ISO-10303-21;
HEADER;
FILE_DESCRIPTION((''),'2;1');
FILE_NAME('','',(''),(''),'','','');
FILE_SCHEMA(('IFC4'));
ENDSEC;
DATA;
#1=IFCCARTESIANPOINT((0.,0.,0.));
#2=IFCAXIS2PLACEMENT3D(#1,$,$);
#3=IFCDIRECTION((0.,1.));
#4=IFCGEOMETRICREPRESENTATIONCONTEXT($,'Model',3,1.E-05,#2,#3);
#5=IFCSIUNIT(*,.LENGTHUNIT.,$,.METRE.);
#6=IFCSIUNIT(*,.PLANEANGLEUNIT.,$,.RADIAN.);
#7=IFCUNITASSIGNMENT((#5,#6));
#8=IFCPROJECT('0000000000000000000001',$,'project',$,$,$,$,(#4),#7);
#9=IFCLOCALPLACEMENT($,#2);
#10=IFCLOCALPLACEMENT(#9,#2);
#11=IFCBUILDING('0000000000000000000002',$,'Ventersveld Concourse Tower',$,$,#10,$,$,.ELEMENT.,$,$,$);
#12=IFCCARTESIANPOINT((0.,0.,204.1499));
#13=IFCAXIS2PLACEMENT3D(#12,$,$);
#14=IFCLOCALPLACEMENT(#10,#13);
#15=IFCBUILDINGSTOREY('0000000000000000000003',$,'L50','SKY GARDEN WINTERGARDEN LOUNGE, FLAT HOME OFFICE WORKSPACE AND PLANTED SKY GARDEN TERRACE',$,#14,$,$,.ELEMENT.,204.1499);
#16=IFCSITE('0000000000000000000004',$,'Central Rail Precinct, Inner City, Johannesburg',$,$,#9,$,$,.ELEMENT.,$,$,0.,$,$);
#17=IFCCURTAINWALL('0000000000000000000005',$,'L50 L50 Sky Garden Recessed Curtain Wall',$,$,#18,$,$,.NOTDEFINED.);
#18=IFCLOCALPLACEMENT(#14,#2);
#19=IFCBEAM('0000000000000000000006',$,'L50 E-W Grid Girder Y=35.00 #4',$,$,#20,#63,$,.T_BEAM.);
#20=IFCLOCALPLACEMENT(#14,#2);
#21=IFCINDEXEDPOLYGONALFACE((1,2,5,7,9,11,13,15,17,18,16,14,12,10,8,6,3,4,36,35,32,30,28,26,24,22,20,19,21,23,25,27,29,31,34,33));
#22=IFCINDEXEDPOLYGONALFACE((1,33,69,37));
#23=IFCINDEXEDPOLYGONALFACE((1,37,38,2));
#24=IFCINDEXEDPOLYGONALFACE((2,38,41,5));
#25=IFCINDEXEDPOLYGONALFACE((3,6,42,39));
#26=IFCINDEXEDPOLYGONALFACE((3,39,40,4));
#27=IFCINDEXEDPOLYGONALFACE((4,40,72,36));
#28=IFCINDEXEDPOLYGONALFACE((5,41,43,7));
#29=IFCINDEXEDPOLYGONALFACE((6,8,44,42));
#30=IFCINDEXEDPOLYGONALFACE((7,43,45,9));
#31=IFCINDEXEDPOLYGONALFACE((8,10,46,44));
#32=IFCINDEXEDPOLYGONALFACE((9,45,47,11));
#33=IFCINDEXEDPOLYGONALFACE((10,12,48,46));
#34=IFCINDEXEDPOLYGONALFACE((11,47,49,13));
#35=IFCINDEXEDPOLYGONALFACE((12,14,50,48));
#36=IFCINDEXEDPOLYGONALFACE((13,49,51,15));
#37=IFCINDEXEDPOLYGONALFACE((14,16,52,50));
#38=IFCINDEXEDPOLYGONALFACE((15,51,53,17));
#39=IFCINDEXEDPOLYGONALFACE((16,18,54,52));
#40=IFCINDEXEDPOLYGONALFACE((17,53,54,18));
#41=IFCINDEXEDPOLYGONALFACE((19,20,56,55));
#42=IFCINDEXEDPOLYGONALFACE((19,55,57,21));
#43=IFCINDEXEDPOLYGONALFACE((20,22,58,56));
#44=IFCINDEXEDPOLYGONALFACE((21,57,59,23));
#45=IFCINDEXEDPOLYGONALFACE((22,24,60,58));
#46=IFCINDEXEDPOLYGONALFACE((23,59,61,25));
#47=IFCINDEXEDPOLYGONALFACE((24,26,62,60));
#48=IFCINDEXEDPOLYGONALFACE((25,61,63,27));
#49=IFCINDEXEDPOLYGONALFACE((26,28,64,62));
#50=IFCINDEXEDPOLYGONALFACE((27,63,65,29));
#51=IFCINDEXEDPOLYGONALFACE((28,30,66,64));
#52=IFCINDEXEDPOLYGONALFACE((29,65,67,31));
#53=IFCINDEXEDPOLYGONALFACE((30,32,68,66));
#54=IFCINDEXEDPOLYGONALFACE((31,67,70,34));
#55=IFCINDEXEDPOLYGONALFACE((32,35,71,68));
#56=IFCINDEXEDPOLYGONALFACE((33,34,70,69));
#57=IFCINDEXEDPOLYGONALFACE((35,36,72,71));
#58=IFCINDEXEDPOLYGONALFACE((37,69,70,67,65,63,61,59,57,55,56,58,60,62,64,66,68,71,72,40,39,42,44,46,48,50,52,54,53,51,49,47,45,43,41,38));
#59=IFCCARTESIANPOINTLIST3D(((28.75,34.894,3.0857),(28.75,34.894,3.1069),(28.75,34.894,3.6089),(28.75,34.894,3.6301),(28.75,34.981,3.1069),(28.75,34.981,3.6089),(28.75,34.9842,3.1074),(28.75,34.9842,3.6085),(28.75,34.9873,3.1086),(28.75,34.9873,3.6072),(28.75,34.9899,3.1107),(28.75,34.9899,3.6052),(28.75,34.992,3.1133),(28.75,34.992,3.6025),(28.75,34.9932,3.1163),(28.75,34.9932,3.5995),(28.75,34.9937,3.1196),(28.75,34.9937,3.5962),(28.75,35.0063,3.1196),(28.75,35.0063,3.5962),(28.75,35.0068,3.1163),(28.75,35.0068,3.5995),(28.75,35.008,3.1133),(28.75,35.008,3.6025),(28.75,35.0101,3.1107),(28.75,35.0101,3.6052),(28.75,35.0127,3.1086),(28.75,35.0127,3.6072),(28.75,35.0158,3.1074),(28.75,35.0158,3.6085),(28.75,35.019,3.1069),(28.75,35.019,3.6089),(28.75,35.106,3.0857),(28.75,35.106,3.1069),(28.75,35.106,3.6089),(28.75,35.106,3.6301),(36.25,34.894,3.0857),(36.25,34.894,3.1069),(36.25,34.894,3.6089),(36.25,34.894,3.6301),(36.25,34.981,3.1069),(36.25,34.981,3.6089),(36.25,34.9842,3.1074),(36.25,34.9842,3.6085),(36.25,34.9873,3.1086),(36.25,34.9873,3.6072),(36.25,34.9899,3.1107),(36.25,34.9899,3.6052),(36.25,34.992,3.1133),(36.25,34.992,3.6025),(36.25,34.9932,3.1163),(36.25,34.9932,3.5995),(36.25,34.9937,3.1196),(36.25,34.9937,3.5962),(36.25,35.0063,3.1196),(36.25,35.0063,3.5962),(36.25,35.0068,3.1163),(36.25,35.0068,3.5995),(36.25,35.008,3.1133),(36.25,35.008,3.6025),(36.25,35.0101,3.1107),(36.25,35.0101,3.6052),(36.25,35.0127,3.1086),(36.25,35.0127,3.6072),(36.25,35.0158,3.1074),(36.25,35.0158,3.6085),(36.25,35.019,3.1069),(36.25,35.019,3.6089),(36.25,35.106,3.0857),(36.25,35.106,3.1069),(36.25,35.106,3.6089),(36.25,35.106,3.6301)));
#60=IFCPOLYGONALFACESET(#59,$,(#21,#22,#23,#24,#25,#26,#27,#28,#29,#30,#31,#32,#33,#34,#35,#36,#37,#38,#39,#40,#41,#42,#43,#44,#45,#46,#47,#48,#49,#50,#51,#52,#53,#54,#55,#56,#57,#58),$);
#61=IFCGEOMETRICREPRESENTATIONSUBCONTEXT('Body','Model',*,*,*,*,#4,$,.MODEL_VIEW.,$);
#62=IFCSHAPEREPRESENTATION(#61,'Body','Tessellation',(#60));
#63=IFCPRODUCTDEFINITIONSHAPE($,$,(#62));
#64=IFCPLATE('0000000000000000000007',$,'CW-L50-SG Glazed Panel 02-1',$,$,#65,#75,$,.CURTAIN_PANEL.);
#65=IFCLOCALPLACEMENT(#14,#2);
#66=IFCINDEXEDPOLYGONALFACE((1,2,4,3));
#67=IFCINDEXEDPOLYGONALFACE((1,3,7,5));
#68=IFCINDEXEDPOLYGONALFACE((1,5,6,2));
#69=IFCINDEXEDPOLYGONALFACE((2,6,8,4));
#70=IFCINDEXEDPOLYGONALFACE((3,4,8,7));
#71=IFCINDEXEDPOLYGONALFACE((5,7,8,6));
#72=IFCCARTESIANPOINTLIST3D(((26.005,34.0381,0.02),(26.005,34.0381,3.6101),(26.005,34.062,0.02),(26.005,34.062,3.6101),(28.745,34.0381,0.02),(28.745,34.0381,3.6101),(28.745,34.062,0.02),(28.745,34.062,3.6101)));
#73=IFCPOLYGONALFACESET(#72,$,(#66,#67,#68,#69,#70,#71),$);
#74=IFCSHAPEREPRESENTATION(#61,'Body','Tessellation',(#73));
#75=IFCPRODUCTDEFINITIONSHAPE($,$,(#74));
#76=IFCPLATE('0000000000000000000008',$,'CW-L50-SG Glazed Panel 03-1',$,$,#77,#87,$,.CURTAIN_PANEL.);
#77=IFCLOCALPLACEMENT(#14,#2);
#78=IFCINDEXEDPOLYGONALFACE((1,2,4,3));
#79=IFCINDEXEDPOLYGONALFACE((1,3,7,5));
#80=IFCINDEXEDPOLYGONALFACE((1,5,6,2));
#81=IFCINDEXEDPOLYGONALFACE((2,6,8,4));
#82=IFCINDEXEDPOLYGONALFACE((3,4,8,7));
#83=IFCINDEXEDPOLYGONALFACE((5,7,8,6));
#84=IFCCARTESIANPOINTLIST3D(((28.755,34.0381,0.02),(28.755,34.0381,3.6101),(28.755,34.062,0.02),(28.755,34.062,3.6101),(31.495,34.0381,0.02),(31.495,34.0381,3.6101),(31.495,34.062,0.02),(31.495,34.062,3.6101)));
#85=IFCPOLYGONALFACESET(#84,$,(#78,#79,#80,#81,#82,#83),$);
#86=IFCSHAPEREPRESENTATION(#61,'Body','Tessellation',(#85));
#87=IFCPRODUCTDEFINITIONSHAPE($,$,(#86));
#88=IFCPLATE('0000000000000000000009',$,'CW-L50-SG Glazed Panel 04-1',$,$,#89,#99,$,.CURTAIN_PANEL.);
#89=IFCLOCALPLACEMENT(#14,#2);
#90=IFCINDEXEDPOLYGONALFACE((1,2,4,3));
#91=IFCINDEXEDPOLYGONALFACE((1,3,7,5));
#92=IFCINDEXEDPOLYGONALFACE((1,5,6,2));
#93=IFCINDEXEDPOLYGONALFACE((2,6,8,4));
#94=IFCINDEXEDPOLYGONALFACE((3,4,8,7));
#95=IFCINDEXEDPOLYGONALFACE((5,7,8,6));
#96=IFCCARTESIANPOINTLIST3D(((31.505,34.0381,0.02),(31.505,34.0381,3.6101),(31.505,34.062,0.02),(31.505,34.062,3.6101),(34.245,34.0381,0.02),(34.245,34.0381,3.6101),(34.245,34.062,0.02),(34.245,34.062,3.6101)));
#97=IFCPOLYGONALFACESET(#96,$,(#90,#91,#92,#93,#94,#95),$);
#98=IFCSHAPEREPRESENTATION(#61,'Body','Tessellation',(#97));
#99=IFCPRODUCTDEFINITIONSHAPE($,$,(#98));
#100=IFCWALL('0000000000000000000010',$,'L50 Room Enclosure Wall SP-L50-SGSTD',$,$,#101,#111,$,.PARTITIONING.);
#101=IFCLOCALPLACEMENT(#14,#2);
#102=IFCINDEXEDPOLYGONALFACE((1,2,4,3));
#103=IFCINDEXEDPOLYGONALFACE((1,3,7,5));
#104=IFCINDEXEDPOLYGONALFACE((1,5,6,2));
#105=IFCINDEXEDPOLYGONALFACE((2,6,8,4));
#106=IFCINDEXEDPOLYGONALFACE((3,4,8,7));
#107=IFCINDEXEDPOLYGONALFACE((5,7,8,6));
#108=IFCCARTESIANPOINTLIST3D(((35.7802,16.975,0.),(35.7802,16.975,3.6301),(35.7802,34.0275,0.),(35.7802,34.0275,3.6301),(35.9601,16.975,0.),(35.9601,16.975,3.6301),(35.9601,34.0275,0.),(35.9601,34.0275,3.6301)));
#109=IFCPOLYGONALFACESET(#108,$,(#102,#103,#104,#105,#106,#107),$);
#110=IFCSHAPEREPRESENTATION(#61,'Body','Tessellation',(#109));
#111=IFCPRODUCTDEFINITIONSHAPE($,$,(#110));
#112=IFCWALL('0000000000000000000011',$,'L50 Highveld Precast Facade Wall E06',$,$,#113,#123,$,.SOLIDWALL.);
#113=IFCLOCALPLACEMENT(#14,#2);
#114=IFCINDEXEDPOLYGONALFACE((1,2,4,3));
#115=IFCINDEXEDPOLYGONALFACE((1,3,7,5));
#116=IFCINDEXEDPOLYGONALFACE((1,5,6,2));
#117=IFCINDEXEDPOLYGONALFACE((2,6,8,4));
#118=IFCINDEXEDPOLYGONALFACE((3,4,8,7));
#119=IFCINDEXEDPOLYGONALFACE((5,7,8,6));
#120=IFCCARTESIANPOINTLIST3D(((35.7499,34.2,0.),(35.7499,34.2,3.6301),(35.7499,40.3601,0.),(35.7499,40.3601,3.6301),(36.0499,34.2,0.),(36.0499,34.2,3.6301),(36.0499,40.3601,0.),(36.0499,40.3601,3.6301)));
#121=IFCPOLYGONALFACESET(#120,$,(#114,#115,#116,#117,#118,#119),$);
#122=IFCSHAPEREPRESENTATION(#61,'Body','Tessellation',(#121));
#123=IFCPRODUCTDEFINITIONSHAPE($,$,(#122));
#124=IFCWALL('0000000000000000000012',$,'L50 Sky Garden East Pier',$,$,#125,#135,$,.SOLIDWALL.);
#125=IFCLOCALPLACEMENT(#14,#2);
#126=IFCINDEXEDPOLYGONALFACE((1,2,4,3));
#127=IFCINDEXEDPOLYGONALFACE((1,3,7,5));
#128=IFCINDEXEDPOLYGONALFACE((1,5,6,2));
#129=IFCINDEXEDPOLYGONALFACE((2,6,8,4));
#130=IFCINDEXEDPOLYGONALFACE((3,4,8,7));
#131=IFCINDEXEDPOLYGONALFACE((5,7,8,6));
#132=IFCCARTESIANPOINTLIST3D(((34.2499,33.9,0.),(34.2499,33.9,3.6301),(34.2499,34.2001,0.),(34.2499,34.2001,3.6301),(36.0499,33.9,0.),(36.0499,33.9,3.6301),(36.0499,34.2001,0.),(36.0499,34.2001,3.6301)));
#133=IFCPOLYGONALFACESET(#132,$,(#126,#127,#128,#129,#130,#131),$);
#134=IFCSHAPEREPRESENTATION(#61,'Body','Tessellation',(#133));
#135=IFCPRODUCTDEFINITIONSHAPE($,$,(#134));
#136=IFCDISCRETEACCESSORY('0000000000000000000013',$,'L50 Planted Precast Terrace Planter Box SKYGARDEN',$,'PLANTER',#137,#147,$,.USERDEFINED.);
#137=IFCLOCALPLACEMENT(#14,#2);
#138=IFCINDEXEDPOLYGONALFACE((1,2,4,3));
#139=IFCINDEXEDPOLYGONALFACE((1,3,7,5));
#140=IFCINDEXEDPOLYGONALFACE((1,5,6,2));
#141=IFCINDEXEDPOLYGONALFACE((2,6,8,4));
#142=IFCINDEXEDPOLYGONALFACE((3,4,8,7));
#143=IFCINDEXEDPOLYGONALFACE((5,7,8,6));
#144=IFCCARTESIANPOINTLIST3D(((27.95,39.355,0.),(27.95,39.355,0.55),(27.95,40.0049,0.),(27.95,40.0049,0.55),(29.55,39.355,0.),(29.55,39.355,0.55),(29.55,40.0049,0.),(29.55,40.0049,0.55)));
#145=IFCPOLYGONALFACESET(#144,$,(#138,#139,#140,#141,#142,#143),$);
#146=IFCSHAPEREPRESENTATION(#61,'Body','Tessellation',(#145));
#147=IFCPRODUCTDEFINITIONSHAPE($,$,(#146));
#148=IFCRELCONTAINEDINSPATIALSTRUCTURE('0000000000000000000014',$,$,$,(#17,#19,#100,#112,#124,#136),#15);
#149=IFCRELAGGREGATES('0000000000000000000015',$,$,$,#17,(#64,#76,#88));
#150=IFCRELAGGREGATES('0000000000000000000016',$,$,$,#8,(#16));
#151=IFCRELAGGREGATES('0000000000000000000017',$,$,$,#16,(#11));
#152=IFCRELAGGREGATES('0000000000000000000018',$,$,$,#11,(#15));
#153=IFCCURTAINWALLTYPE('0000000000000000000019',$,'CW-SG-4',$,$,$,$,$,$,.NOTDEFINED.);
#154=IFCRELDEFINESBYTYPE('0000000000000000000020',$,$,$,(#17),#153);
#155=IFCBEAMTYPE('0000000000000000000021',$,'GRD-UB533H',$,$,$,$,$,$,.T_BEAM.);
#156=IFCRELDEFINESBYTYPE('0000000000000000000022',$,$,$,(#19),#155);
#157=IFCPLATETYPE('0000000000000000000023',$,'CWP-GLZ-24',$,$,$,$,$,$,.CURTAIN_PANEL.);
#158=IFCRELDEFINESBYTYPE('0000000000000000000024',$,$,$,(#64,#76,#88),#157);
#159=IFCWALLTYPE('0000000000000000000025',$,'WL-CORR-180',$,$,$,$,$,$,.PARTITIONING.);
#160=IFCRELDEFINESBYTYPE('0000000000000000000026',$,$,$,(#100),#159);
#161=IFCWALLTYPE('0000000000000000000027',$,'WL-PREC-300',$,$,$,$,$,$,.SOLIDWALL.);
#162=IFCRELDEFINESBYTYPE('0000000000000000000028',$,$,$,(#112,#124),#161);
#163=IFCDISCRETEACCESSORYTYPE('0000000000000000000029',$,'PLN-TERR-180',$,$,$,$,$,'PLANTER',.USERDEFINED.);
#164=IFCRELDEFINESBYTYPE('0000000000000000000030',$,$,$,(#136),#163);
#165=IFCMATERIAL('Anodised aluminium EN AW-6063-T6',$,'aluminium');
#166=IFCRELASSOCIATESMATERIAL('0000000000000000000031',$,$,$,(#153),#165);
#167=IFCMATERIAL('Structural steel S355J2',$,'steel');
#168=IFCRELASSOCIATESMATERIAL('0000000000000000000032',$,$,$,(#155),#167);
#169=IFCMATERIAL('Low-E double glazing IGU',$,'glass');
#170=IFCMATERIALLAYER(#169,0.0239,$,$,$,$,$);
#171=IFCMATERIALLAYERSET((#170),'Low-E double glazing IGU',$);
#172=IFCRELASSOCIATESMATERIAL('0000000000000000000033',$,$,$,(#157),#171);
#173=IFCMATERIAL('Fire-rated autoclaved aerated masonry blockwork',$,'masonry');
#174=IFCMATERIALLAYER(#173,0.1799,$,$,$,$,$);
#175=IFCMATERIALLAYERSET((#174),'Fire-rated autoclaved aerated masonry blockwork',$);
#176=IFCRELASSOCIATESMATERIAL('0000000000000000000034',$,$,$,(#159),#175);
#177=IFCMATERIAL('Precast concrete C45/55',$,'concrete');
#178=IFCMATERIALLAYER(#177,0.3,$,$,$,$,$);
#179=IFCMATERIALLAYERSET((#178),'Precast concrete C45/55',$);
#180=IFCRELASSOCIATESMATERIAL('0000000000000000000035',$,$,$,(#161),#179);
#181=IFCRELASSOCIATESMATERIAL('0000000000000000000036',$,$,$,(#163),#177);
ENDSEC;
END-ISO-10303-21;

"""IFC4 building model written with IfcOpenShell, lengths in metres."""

from ifc_helpers import new_model, si_unit, direction, frame, frame_2d, origin, origin_2d, place, context, subcontext, project, spatial, rectangle, i_section, extrude, material, layer, layer_set, material_profile, profile_set, type_object, element, aggregate, save


model = new_model("IFC4")

# Units and contexts
model_context = context("Model", 3, precision=1e-05, world=origin(), true_north=direction((0.0, 1.0)))
body_context = subcontext(model_context, "Body", "Model", "MODEL_VIEW")
ifc_project = project(units=[si_unit("LENGTHUNIT", "METRE"), si_unit("PLANEANGLEUNIT", "RADIAN")], contexts=[model_context])

# Site, building, storey
site_placement = place(None, origin())
site = spatial("IfcSite", under=ifc_project, at=site_placement, Name="Central Rail Precinct, Inner City, Johannesburg", CompositionType="ELEMENT", RefElevation=0.0)
building_placement = place(site_placement, origin())
building = spatial("IfcBuilding", under=site, at=building_placement, Name="Ventersveld Concourse Tower", CompositionType="ELEMENT")
storey_placement = place(building_placement, frame((0.0, 0.0, 204.1499)))
storey = spatial("IfcBuildingStorey", under=building, at=storey_placement, Name="L50", Description="SKY GARDEN WINTERGARDEN LOUNGE, FLAT HOME OFFICE WORKSPACE AND PLANTED SKY GARDEN TERRACE", CompositionType="ELEMENT", Elevation=204.1499)

# Curtain wall
ifc_material_1 = material(Name="Anodised aluminium EN AW-6063-T6", Category="aluminium")
curtain_wall_type = type_object("IfcCurtainWallType", Name="CW-SG-4", PredefinedType="NOTDEFINED", material=ifc_material_1)
curtain_wall_placement = place(storey_placement, origin())
curtain_wall = element("IfcCurtainWall", 1, at=curtain_wall_placement, inside=storey, type_object=curtain_wall_type, Name="L50 L50 Sky Garden Recessed Curtain Wall", PredefinedType="NOTDEFINED")

# Beam
ifc_material_2 = material(Name="Structural steel S355J2", Category="steel")
ifc_material_profile_1 = material_profile(ifc_material_2, i_section(OverallWidth=0.2119, OverallDepth=0.5444, WebThickness=0.0127, FlangeThickness=0.0212, FilletRadius=0.0127, at=origin_2d()), Name="UB 533x210x122")
ifc_profile_set_1 = profile_set([ifc_material_profile_1], Name="Structural steel S355J2")
beam_type = type_object("IfcBeamType", Name="GRD-UB533H", PredefinedType="T_BEAM", material=ifc_profile_set_1)
beam_placement = place(storey_placement, frame((28.75, 35.0, 3.3579), z_axis=(1.0, 0.0, 0.0), x_axis=(0.0, 1.0, 0.0)))
element("IfcBeam", 2, at=beam_placement, inside=storey, type_object=beam_type, Name="L50 E-W Grid Girder Y=35.00 #4", PredefinedType="T_BEAM", context=body_context, shape_type="SweptSolid", body=[
    extrude(i_section(OverallWidth=0.2119, OverallDepth=0.5444, WebThickness=0.0127, FlangeThickness=0.0212, FilletRadius=0.0127, at=origin_2d()), origin(), (0.0, 0.0, 1.0), 7.5),
])

# Plates
ifc_material_3 = material(Name="Low-E double glazing IGU", Category="glass")
ifc_layer_1 = layer(ifc_material_3, 0.0239)
ifc_layer_set_1 = layer_set([ifc_layer_1], Name="Low-E double glazing IGU")
plate_type = type_object("IfcPlateType", Name="CWP-GLZ-24", PredefinedType="CURTAIN_PANEL", material=ifc_layer_set_1)
plate_1_placement = place(storey_placement, frame((27.375, 34.05, 0.02), z_axis=(0.0, 0.0, 1.0), x_axis=(1.0, 0.0, 0.0)))
plate_1 = element("IfcPlate", 3, at=plate_1_placement, type_object=plate_type, Name="CW-L50-SG Glazed Panel 02-1", PredefinedType="CURTAIN_PANEL", context=body_context, shape_type="SweptSolid", body=[
    extrude(rectangle(XDim=2.74, YDim=0.0239, at=origin_2d()), origin(), (0.0, 0.0, 1.0), 3.5901),
])
plate_2_placement = place(storey_placement, frame((30.125, 34.05, 0.02), z_axis=(0.0, 0.0, 1.0), x_axis=(1.0, 0.0, 0.0)))
plate_2 = element("IfcPlate", 4, at=plate_2_placement, type_object=plate_type, Name="CW-L50-SG Glazed Panel 03-1", PredefinedType="CURTAIN_PANEL", context=body_context, shape_type="SweptSolid", body=[
    extrude(rectangle(XDim=2.74, YDim=0.0239, at=origin_2d()), origin(), (0.0, 0.0, 1.0), 3.5901),
])
plate_3_placement = place(storey_placement, frame((32.875, 34.05, 0.02), z_axis=(0.0, 0.0, 1.0), x_axis=(1.0, 0.0, 0.0)))
plate_3 = element("IfcPlate", 5, at=plate_3_placement, type_object=plate_type, Name="CW-L50-SG Glazed Panel 04-1", PredefinedType="CURTAIN_PANEL", context=body_context, shape_type="SweptSolid", body=[
    extrude(rectangle(XDim=2.74, YDim=0.0239, at=origin_2d()), origin(), (0.0, 0.0, 1.0), 3.5901),
])
aggregate(curtain_wall, [plate_1, plate_2, plate_3])

# Walls
ifc_material_4 = material(Name="Fire-rated autoclaved aerated masonry blockwork", Category="masonry")
ifc_layer_2 = layer(ifc_material_4, 0.1799)
ifc_layer_set_2 = layer_set([ifc_layer_2], Name="Fire-rated autoclaved aerated masonry blockwork")
wall_type_1 = type_object("IfcWallType", Name="WL-CORR-180", PredefinedType="PARTITIONING", material=ifc_layer_set_2)
wall_1_placement = place(storey_placement, frame((35.8701, 34.0276, 0.0), z_axis=(0.0, 0.0, 1.0), x_axis=(0.0, -1.0, 0.0)))
element("IfcWall", 6, at=wall_1_placement, inside=storey, type_object=wall_type_1, Name="L50 Room Enclosure Wall SP-L50-SGSTD", PredefinedType="PARTITIONING", context=body_context, shape_type="SweptSolid", body=[
    extrude(rectangle(XDim=17.0525, YDim=0.1799, at=frame_2d((8.5264, 0.0))), origin(), (0.0, 0.0, 1.0), 3.6301),
])
ifc_material_5 = material(Name="Precast concrete C45/55", Category="concrete")
ifc_layer_3 = layer(ifc_material_5, 0.3)
ifc_layer_set_3 = layer_set([ifc_layer_3], Name="Precast concrete C45/55")
wall_type_2 = type_object("IfcWallType", Name="WL-PREC-300", PredefinedType="SOLIDWALL", material=ifc_layer_set_3)
wall_2_placement = place(storey_placement, frame((35.8999, 40.3601, 0.0), z_axis=(0.0, 0.0, 1.0), x_axis=(0.0, -1.0, 0.0)))
element("IfcWall", 7, at=wall_2_placement, inside=storey, type_object=wall_type_2, Name="L50 Highveld Precast Facade Wall E06", PredefinedType="SOLIDWALL", context=body_context, shape_type="SweptSolid", body=[
    extrude(rectangle(XDim=6.1602, YDim=0.3, at=frame_2d((3.0801, 0.0))), origin(), (0.0, 0.0, 1.0), 3.6301),
])
wall_3_placement = place(storey_placement, frame((34.25, 34.05, 0.0), z_axis=(0.0, 0.0, 1.0), x_axis=(1.0, 0.0, 0.0)))
element("IfcWall", 8, at=wall_3_placement, inside=storey, type_object=wall_type_2, Name="L50 Sky Garden East Pier", PredefinedType="SOLIDWALL", context=body_context, shape_type="SweptSolid", body=[
    extrude(rectangle(XDim=1.8, YDim=0.3, at=frame_2d((0.8999, 0.0))), origin(), (0.0, 0.0, 1.0), 3.6301),
])

# Discrete accessory
discrete_accessory_type = type_object("IfcDiscreteAccessoryType", Name="PLN-TERR-180", ElementType="PLANTER", PredefinedType="USERDEFINED", material=ifc_material_5)
discrete_accessory_placement = place(storey_placement, frame((28.75, 39.6799, 0.0), z_axis=(0.0, 0.0, 1.0), x_axis=(1.0, 0.0, 0.0)))
element("IfcDiscreteAccessory", 9, at=discrete_accessory_placement, inside=storey, type_object=discrete_accessory_type, Name="L50 Planted Precast Terrace Planter Box SKYGARDEN", ObjectType="PLANTER", PredefinedType="USERDEFINED", context=body_context, shape_type="SweptSolid", body=[
    extrude(rectangle(XDim=1.6001, YDim=0.6499, at=origin_2d()), origin(), (0.0, 0.0, 1.0), 0.55),
])

save(model, "model.ifc")
